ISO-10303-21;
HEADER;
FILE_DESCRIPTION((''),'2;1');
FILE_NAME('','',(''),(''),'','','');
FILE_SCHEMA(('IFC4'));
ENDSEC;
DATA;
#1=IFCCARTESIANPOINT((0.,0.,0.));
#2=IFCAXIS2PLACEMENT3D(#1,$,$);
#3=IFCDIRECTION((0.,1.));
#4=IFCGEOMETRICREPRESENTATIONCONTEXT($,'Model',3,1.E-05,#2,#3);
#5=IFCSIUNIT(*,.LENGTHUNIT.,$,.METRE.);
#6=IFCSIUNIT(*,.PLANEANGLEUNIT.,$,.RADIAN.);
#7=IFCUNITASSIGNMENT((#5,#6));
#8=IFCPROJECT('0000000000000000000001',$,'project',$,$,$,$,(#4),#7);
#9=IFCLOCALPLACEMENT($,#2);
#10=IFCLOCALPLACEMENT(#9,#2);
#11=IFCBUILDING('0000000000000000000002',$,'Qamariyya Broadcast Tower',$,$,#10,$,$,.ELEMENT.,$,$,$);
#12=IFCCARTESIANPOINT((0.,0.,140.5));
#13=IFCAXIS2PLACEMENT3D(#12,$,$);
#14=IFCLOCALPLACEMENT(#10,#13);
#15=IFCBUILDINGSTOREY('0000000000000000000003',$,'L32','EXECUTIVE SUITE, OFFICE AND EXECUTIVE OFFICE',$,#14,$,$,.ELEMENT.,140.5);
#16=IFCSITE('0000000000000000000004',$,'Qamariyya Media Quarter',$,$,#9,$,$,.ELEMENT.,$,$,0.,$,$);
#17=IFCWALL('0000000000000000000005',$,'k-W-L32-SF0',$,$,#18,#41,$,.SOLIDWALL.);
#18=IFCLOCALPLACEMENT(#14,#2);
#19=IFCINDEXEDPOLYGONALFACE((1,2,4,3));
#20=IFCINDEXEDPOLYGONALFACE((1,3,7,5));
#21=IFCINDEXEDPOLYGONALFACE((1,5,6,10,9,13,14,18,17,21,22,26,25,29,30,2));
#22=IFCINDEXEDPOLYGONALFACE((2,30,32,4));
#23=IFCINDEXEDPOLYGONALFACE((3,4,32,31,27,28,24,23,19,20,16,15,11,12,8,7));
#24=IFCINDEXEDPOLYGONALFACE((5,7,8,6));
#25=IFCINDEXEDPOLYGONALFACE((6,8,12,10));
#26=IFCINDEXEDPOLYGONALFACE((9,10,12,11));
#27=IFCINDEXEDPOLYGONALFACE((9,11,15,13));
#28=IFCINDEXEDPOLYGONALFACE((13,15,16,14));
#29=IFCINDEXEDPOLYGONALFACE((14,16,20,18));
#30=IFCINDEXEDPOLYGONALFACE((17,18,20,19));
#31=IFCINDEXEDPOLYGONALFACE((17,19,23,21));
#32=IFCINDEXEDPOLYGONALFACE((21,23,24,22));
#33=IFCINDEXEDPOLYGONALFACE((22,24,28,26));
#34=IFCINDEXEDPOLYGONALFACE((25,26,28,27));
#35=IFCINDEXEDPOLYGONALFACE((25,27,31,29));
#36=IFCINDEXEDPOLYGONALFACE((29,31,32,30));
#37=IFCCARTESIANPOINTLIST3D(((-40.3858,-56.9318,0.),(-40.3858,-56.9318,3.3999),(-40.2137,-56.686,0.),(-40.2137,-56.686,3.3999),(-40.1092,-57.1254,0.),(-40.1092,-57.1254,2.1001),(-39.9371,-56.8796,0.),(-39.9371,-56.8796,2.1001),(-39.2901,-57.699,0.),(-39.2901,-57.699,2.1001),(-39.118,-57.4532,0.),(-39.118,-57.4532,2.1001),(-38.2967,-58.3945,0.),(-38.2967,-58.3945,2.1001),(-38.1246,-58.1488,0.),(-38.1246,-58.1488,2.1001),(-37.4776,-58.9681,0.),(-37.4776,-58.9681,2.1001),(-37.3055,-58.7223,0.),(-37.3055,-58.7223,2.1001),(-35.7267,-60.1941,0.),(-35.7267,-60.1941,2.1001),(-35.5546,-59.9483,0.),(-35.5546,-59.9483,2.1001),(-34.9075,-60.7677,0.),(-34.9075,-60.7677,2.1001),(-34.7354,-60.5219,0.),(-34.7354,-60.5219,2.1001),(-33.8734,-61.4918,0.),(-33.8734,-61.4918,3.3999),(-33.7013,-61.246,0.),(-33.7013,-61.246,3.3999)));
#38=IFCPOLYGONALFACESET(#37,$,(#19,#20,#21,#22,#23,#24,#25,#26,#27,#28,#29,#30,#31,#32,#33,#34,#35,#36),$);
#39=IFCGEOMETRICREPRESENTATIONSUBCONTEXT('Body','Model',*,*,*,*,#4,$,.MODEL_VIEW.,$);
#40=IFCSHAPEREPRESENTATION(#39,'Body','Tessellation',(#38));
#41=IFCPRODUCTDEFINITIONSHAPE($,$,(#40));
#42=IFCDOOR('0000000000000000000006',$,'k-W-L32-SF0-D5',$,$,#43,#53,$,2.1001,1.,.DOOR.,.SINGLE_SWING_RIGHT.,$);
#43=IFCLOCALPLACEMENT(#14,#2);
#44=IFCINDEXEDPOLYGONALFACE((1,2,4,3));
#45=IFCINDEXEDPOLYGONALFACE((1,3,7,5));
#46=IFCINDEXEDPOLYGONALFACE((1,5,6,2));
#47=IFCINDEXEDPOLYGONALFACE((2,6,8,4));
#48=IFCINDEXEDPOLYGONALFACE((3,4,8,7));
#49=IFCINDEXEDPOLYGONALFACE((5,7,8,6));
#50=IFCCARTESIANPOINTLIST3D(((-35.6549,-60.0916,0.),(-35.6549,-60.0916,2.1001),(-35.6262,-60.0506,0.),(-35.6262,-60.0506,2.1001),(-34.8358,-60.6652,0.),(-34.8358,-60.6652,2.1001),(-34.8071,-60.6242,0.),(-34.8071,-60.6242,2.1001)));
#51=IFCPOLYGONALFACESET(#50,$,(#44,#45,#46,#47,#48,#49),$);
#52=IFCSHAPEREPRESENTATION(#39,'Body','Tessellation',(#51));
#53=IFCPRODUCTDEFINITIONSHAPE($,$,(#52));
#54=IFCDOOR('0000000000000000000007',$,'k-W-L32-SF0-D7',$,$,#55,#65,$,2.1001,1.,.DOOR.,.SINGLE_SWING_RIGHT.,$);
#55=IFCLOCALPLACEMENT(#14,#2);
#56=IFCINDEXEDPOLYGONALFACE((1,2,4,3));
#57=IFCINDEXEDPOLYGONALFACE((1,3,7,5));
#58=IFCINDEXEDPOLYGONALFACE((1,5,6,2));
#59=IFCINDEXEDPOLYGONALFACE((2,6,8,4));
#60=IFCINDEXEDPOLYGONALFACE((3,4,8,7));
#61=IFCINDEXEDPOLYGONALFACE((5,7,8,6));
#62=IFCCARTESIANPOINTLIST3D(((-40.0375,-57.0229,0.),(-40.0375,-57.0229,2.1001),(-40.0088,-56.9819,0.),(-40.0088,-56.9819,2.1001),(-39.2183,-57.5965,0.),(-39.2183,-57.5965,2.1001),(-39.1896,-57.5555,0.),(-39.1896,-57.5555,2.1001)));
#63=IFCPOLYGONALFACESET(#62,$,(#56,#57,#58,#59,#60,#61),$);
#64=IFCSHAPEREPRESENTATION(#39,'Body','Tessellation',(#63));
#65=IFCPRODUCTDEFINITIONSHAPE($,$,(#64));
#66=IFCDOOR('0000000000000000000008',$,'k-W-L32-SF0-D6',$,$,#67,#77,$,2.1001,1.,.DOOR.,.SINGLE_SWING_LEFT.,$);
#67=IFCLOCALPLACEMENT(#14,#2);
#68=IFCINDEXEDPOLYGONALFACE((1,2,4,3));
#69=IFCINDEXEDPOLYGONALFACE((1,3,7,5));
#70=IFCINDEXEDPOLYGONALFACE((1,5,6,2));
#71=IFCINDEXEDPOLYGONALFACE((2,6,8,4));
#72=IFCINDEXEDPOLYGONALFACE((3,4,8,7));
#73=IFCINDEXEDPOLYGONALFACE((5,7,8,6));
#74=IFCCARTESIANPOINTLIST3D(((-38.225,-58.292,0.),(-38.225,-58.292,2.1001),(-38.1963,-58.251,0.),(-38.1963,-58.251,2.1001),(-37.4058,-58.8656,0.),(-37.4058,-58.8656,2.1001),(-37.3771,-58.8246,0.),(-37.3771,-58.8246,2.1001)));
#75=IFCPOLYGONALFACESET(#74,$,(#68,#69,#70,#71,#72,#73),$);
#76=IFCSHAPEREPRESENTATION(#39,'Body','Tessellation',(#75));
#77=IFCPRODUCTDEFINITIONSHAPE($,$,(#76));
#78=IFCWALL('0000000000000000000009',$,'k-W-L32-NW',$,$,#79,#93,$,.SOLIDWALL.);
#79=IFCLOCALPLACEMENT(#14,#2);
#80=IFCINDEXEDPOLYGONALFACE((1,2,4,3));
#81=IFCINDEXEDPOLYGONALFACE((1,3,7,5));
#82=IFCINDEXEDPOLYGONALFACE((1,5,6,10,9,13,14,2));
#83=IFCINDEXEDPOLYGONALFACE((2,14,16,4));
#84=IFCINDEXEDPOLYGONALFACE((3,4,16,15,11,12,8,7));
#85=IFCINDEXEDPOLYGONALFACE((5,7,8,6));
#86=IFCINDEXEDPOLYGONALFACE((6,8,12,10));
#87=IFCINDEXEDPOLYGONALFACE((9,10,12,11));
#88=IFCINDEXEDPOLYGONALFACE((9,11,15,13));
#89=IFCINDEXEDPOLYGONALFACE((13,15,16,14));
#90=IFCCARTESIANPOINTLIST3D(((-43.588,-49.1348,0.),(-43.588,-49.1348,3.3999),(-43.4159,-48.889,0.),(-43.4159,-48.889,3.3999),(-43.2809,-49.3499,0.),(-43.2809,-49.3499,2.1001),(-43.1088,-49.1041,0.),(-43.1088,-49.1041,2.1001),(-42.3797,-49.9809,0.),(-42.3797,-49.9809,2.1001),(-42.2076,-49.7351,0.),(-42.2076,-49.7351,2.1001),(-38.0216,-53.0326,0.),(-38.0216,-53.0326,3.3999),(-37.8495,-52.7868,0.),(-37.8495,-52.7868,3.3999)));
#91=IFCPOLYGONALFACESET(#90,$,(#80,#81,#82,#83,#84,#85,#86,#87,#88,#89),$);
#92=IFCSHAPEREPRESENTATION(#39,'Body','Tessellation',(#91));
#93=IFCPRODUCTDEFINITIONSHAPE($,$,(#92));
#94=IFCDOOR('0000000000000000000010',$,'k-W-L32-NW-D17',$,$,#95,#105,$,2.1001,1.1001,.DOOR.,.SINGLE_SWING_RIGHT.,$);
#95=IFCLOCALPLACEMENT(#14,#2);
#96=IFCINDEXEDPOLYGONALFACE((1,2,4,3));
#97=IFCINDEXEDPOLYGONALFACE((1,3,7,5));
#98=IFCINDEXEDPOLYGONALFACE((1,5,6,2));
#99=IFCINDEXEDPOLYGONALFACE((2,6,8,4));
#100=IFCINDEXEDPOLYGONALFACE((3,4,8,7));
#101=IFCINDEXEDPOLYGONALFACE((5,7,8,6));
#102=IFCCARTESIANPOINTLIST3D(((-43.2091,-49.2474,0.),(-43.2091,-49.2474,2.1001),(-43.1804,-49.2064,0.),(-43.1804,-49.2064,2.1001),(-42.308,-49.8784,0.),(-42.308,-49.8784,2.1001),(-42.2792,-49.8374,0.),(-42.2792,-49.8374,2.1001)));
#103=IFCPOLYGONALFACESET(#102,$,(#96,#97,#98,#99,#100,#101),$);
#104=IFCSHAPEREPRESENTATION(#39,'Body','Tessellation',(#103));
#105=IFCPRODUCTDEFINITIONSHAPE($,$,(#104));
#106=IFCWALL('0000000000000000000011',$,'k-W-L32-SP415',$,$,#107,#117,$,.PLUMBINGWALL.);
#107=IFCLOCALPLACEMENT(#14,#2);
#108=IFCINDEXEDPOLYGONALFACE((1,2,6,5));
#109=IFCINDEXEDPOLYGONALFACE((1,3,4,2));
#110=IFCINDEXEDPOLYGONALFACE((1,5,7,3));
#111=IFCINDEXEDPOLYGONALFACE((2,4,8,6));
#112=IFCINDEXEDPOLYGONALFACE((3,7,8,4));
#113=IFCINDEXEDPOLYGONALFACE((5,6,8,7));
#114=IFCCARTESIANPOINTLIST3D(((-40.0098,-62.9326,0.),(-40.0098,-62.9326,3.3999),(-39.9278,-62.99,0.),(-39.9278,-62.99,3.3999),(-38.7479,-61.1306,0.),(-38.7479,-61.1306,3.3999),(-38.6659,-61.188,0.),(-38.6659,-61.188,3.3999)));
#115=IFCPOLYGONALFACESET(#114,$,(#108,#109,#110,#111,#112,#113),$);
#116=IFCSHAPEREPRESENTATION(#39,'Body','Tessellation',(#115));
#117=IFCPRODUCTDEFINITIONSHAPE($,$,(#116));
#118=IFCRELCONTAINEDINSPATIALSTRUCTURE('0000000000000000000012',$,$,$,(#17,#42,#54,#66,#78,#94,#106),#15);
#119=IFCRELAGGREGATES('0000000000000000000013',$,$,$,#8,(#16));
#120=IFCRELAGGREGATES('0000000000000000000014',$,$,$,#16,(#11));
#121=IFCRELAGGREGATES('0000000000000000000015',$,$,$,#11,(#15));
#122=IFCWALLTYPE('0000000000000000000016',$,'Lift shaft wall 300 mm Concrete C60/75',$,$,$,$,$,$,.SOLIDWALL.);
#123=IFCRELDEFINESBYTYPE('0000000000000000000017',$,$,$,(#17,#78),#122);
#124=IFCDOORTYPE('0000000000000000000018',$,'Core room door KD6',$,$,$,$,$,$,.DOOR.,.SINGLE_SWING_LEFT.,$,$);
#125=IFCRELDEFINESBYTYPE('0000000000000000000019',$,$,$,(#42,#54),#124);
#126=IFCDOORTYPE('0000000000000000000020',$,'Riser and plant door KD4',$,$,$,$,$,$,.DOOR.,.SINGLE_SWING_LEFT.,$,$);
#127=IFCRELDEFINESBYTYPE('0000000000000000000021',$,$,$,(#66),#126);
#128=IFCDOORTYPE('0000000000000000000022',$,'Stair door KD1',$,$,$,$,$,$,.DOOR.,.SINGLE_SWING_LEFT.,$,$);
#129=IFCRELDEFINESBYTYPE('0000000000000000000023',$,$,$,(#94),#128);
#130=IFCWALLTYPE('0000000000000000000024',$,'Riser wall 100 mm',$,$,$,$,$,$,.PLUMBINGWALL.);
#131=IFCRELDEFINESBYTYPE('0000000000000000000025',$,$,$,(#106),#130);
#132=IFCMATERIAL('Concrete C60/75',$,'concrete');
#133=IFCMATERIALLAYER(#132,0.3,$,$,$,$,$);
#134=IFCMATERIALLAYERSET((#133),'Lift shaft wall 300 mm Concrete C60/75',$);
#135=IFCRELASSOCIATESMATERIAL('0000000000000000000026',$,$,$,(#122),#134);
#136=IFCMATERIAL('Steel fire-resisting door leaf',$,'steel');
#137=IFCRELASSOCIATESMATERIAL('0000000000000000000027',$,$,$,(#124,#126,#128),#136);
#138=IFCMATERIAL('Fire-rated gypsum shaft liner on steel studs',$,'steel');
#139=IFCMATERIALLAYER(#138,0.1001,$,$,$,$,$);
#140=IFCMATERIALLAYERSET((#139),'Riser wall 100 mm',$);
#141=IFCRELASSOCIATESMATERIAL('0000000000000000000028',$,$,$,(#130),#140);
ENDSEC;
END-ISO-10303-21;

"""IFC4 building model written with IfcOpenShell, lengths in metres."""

from ifc_helpers import new_model, si_unit, direction, frame, frame_2d, origin, place, context, subcontext, project, spatial, rectangle, extrude, material, layer, layer_set, type_object, element, fill, save


model = new_model("IFC4")

# Units and contexts
model_context = context("Model", 3, precision=1e-05, world=origin(), true_north=direction((0.0, 1.0)))
body_context = subcontext(model_context, "Body", "Model", "MODEL_VIEW")
ifc_project = project(units=[si_unit("LENGTHUNIT", "METRE"), si_unit("PLANEANGLEUNIT", "RADIAN")], contexts=[model_context])

# Site, building, storey
site_placement = place(None, origin())
site = spatial("IfcSite", under=ifc_project, at=site_placement, Name="Qamariyya Media Quarter", CompositionType="ELEMENT", RefElevation=0.0)
building_placement = place(site_placement, origin())
building = spatial("IfcBuilding", under=site, at=building_placement, Name="Qamariyya Broadcast Tower", CompositionType="ELEMENT")
storey_placement = place(building_placement, frame((0.0, 0.0, 140.5)))
storey = spatial("IfcBuildingStorey", under=building, at=storey_placement, Name="L32", Description="EXECUTIVE SUITE, OFFICE AND EXECUTIVE OFFICE", CompositionType="ELEMENT", Elevation=140.5)

# Shared definitions
ifc_material_1 = material(Name="Concrete C60/75", Category="concrete")

# Shared definitions
ifc_layer_1 = layer(ifc_material_1, 0.3)
ifc_layer_set_1 = layer_set([ifc_layer_1], Name="Lift shaft wall 300 mm Concrete C60/75")
wall_type_1 = type_object("IfcWallType", Name="Lift shaft wall 300 mm Concrete C60/75", PredefinedType="SOLIDWALL", material=ifc_layer_set_1)
ifc_material_2 = material(Name="Steel fire-resisting door leaf", Category="steel")

# Wall, openings, doors
wall_1_placement = place(storey_placement, frame((-33.7874, -61.3689, 0.0), z_axis=(0.0, 0.0, 1.0), x_axis=(-0.819153, 0.573576, 0.0)))
wall_1 = element("IfcWall", 1, at=wall_1_placement, inside=storey, type_object=wall_type_1, Name="k-W-L32-SF0", PredefinedType="SOLIDWALL", context=body_context, shape_type="SweptSolid", body=[
    extrude(rectangle(XDim=7.9502, YDim=0.3, at=frame_2d((3.9751, 0.0))), origin(), (0.0, 0.0, 1.0), 3.3999),
])
opening_1_placement = place(wall_1_placement, frame((1.2625, 0.0, 0.0)))
opening_1 = element("IfcOpeningElement", 2, at=opening_1_placement, cuts=wall_1, PredefinedType="OPENING", context=body_context, shape_type="SweptSolid", body=[
    extrude(rectangle(XDim=1.0, YDim=2.1001, at=frame_2d((0.5, 1.05))), frame((0.0, 0.1599, 0.0), z_axis=(0.0, -1.0, 0.0), x_axis=(1.0, 0.0, 0.0)), (0.0, 0.0, 1.0), 0.3201),
])
opening_2_placement = place(wall_1_placement, frame((4.3999, 0.0, 0.0)))
opening_2 = element("IfcOpeningElement", 3, at=opening_2_placement, cuts=wall_1, PredefinedType="OPENING", context=body_context, shape_type="SweptSolid", body=[
    extrude(rectangle(XDim=1.0, YDim=2.1001, at=frame_2d((0.5, 1.05))), frame((0.0, 0.1599, 0.0), z_axis=(0.0, -1.0, 0.0), x_axis=(1.0, 0.0, 0.0)), (0.0, 0.0, 1.0), 0.3201),
])
opening_3_placement = place(wall_1_placement, frame((6.6125, 0.0, 0.0)))
opening_3 = element("IfcOpeningElement", 4, at=opening_3_placement, cuts=wall_1, PredefinedType="OPENING", context=body_context, shape_type="SweptSolid", body=[
    extrude(rectangle(XDim=1.0, YDim=2.1001, at=frame_2d((0.5, 1.05))), frame((0.0, 0.1599, 0.0), z_axis=(0.0, -1.0, 0.0), x_axis=(1.0, 0.0, 0.0)), (0.0, 0.0, 1.0), 0.3201),
])
door_type_1 = type_object("IfcDoorType", Name="Core room door KD6", OperationType="SINGLE_SWING_LEFT", PredefinedType="DOOR", material=ifc_material_2)
door_1_placement = place(opening_1_placement, origin())
door_1 = element("IfcDoor", 5, at=door_1_placement, inside=storey, type_object=door_type_1, Name="k-W-L32-SF0-D5", OperationType="SINGLE_SWING_RIGHT", OverallHeight=2.1001, OverallWidth=1.0, PredefinedType="DOOR", context=body_context, shape_type="SweptSolid", body=[
    extrude(rectangle(XDim=1.0, YDim=2.1001, at=frame_2d((0.5, 1.05))), frame((0.0, 0.0249, 0.0), z_axis=(0.0, -1.0, 0.0), x_axis=(1.0, 0.0, 0.0)), (0.0, 0.0, 1.0), 0.05),
])
fill(opening_1, door_1)
door_2_placement = place(opening_3_placement, origin())
door_2 = element("IfcDoor", 6, at=door_2_placement, inside=storey, type_object=door_type_1, Name="k-W-L32-SF0-D7", OperationType="SINGLE_SWING_RIGHT", OverallHeight=2.1001, OverallWidth=1.0, PredefinedType="DOOR", context=body_context, shape_type="SweptSolid", body=[
    extrude(rectangle(XDim=1.0, YDim=2.1001, at=frame_2d((0.5, 1.05))), frame((0.0, 0.0249, 0.0), z_axis=(0.0, -1.0, 0.0), x_axis=(1.0, 0.0, 0.0)), (0.0, 0.0, 1.0), 0.05),
])
fill(opening_3, door_2)
door_type_2 = type_object("IfcDoorType", Name="Riser and plant door KD4", OperationType="SINGLE_SWING_LEFT", PredefinedType="DOOR", material=ifc_material_2)
door_3_placement = place(opening_2_placement, origin())
door_3 = element("IfcDoor", 7, at=door_3_placement, inside=storey, type_object=door_type_2, Name="k-W-L32-SF0-D6", OperationType="SINGLE_SWING_LEFT", OverallHeight=2.1001, OverallWidth=1.0, PredefinedType="DOOR", context=body_context, shape_type="SweptSolid", body=[
    extrude(rectangle(XDim=1.0, YDim=2.1001, at=frame_2d((0.5, 1.05))), frame((0.0, 0.0249, 0.0), z_axis=(0.0, -1.0, 0.0), x_axis=(1.0, 0.0, 0.0)), (0.0, 0.0, 1.0), 0.05),
])
fill(opening_2, door_3)

# Wall, opening, door
wall_2_placement = place(storey_placement, frame((-37.9355, -52.9097, 0.0), z_axis=(0.0, 0.0, 1.0), x_axis=(-0.819148, 0.573583, 0.0)))
wall_2 = element("IfcWall", 8, at=wall_2_placement, inside=storey, type_object=wall_type_1, Name="k-W-L32-NW", PredefinedType="SOLIDWALL", context=body_context, shape_type="SweptSolid", body=[
    extrude(rectangle(XDim=6.7954, YDim=0.3, at=frame_2d((3.3977, 0.0))), origin(), (0.0, 0.0, 1.0), 3.3999),
])
opening_4_placement = place(wall_2_placement, frame((5.3203, 0.0, 0.0)))
opening_4 = element("IfcOpeningElement", 9, at=opening_4_placement, cuts=wall_2, PredefinedType="OPENING", context=body_context, shape_type="SweptSolid", body=[
    extrude(rectangle(XDim=1.1001, YDim=2.1001, at=frame_2d((0.55, 1.05))), frame((0.0, 0.1599, 0.0), z_axis=(0.0, -1.0, 0.0), x_axis=(1.0, 0.0, 0.0)), (0.0, 0.0, 1.0), 0.3201),
])
door_type_3 = type_object("IfcDoorType", Name="Stair door KD1", OperationType="SINGLE_SWING_LEFT", PredefinedType="DOOR", material=ifc_material_2)
door_4_placement = place(opening_4_placement, origin())
door_4 = element("IfcDoor", 10, at=door_4_placement, inside=storey, type_object=door_type_3, Name="k-W-L32-NW-D17", OperationType="SINGLE_SWING_RIGHT", OverallHeight=2.1001, OverallWidth=1.1001, PredefinedType="DOOR", context=body_context, shape_type="SweptSolid", body=[
    extrude(rectangle(XDim=1.1001, YDim=2.1001, at=frame_2d((0.55, 1.05))), frame((0.0, 0.0249, 0.0), z_axis=(0.0, -1.0, 0.0), x_axis=(1.0, 0.0, 0.0)), (0.0, 0.0, 1.0), 0.05),
])
fill(opening_4, door_4)

# Wall
ifc_material_3 = material(Name="Fire-rated gypsum shaft liner on steel studs", Category="steel")
ifc_layer_2 = layer(ifc_material_3, 0.1001)
ifc_layer_set_2 = layer_set([ifc_layer_2], Name="Riser wall 100 mm")
wall_type_2 = type_object("IfcWallType", Name="Riser wall 100 mm", PredefinedType="PLUMBINGWALL", material=ifc_layer_set_2)
wall_3_placement = place(storey_placement, frame((-38.7068, -61.1592, 0.0), z_axis=(0.0, 0.0, 1.0), x_axis=(-0.573634, -0.819112, 0.0)))
element("IfcWall", 11, at=wall_3_placement, inside=storey, type_object=wall_type_2, Name="k-W-L32-SP415", PredefinedType="PLUMBINGWALL", context=body_context, shape_type="SweptSolid", body=[
    extrude(rectangle(XDim=2.2, YDim=0.1001, at=frame_2d((1.1001, 0.0))), origin(), (0.0, 0.0, 1.0), 3.3999),
])

save(model, "model.ifc")
